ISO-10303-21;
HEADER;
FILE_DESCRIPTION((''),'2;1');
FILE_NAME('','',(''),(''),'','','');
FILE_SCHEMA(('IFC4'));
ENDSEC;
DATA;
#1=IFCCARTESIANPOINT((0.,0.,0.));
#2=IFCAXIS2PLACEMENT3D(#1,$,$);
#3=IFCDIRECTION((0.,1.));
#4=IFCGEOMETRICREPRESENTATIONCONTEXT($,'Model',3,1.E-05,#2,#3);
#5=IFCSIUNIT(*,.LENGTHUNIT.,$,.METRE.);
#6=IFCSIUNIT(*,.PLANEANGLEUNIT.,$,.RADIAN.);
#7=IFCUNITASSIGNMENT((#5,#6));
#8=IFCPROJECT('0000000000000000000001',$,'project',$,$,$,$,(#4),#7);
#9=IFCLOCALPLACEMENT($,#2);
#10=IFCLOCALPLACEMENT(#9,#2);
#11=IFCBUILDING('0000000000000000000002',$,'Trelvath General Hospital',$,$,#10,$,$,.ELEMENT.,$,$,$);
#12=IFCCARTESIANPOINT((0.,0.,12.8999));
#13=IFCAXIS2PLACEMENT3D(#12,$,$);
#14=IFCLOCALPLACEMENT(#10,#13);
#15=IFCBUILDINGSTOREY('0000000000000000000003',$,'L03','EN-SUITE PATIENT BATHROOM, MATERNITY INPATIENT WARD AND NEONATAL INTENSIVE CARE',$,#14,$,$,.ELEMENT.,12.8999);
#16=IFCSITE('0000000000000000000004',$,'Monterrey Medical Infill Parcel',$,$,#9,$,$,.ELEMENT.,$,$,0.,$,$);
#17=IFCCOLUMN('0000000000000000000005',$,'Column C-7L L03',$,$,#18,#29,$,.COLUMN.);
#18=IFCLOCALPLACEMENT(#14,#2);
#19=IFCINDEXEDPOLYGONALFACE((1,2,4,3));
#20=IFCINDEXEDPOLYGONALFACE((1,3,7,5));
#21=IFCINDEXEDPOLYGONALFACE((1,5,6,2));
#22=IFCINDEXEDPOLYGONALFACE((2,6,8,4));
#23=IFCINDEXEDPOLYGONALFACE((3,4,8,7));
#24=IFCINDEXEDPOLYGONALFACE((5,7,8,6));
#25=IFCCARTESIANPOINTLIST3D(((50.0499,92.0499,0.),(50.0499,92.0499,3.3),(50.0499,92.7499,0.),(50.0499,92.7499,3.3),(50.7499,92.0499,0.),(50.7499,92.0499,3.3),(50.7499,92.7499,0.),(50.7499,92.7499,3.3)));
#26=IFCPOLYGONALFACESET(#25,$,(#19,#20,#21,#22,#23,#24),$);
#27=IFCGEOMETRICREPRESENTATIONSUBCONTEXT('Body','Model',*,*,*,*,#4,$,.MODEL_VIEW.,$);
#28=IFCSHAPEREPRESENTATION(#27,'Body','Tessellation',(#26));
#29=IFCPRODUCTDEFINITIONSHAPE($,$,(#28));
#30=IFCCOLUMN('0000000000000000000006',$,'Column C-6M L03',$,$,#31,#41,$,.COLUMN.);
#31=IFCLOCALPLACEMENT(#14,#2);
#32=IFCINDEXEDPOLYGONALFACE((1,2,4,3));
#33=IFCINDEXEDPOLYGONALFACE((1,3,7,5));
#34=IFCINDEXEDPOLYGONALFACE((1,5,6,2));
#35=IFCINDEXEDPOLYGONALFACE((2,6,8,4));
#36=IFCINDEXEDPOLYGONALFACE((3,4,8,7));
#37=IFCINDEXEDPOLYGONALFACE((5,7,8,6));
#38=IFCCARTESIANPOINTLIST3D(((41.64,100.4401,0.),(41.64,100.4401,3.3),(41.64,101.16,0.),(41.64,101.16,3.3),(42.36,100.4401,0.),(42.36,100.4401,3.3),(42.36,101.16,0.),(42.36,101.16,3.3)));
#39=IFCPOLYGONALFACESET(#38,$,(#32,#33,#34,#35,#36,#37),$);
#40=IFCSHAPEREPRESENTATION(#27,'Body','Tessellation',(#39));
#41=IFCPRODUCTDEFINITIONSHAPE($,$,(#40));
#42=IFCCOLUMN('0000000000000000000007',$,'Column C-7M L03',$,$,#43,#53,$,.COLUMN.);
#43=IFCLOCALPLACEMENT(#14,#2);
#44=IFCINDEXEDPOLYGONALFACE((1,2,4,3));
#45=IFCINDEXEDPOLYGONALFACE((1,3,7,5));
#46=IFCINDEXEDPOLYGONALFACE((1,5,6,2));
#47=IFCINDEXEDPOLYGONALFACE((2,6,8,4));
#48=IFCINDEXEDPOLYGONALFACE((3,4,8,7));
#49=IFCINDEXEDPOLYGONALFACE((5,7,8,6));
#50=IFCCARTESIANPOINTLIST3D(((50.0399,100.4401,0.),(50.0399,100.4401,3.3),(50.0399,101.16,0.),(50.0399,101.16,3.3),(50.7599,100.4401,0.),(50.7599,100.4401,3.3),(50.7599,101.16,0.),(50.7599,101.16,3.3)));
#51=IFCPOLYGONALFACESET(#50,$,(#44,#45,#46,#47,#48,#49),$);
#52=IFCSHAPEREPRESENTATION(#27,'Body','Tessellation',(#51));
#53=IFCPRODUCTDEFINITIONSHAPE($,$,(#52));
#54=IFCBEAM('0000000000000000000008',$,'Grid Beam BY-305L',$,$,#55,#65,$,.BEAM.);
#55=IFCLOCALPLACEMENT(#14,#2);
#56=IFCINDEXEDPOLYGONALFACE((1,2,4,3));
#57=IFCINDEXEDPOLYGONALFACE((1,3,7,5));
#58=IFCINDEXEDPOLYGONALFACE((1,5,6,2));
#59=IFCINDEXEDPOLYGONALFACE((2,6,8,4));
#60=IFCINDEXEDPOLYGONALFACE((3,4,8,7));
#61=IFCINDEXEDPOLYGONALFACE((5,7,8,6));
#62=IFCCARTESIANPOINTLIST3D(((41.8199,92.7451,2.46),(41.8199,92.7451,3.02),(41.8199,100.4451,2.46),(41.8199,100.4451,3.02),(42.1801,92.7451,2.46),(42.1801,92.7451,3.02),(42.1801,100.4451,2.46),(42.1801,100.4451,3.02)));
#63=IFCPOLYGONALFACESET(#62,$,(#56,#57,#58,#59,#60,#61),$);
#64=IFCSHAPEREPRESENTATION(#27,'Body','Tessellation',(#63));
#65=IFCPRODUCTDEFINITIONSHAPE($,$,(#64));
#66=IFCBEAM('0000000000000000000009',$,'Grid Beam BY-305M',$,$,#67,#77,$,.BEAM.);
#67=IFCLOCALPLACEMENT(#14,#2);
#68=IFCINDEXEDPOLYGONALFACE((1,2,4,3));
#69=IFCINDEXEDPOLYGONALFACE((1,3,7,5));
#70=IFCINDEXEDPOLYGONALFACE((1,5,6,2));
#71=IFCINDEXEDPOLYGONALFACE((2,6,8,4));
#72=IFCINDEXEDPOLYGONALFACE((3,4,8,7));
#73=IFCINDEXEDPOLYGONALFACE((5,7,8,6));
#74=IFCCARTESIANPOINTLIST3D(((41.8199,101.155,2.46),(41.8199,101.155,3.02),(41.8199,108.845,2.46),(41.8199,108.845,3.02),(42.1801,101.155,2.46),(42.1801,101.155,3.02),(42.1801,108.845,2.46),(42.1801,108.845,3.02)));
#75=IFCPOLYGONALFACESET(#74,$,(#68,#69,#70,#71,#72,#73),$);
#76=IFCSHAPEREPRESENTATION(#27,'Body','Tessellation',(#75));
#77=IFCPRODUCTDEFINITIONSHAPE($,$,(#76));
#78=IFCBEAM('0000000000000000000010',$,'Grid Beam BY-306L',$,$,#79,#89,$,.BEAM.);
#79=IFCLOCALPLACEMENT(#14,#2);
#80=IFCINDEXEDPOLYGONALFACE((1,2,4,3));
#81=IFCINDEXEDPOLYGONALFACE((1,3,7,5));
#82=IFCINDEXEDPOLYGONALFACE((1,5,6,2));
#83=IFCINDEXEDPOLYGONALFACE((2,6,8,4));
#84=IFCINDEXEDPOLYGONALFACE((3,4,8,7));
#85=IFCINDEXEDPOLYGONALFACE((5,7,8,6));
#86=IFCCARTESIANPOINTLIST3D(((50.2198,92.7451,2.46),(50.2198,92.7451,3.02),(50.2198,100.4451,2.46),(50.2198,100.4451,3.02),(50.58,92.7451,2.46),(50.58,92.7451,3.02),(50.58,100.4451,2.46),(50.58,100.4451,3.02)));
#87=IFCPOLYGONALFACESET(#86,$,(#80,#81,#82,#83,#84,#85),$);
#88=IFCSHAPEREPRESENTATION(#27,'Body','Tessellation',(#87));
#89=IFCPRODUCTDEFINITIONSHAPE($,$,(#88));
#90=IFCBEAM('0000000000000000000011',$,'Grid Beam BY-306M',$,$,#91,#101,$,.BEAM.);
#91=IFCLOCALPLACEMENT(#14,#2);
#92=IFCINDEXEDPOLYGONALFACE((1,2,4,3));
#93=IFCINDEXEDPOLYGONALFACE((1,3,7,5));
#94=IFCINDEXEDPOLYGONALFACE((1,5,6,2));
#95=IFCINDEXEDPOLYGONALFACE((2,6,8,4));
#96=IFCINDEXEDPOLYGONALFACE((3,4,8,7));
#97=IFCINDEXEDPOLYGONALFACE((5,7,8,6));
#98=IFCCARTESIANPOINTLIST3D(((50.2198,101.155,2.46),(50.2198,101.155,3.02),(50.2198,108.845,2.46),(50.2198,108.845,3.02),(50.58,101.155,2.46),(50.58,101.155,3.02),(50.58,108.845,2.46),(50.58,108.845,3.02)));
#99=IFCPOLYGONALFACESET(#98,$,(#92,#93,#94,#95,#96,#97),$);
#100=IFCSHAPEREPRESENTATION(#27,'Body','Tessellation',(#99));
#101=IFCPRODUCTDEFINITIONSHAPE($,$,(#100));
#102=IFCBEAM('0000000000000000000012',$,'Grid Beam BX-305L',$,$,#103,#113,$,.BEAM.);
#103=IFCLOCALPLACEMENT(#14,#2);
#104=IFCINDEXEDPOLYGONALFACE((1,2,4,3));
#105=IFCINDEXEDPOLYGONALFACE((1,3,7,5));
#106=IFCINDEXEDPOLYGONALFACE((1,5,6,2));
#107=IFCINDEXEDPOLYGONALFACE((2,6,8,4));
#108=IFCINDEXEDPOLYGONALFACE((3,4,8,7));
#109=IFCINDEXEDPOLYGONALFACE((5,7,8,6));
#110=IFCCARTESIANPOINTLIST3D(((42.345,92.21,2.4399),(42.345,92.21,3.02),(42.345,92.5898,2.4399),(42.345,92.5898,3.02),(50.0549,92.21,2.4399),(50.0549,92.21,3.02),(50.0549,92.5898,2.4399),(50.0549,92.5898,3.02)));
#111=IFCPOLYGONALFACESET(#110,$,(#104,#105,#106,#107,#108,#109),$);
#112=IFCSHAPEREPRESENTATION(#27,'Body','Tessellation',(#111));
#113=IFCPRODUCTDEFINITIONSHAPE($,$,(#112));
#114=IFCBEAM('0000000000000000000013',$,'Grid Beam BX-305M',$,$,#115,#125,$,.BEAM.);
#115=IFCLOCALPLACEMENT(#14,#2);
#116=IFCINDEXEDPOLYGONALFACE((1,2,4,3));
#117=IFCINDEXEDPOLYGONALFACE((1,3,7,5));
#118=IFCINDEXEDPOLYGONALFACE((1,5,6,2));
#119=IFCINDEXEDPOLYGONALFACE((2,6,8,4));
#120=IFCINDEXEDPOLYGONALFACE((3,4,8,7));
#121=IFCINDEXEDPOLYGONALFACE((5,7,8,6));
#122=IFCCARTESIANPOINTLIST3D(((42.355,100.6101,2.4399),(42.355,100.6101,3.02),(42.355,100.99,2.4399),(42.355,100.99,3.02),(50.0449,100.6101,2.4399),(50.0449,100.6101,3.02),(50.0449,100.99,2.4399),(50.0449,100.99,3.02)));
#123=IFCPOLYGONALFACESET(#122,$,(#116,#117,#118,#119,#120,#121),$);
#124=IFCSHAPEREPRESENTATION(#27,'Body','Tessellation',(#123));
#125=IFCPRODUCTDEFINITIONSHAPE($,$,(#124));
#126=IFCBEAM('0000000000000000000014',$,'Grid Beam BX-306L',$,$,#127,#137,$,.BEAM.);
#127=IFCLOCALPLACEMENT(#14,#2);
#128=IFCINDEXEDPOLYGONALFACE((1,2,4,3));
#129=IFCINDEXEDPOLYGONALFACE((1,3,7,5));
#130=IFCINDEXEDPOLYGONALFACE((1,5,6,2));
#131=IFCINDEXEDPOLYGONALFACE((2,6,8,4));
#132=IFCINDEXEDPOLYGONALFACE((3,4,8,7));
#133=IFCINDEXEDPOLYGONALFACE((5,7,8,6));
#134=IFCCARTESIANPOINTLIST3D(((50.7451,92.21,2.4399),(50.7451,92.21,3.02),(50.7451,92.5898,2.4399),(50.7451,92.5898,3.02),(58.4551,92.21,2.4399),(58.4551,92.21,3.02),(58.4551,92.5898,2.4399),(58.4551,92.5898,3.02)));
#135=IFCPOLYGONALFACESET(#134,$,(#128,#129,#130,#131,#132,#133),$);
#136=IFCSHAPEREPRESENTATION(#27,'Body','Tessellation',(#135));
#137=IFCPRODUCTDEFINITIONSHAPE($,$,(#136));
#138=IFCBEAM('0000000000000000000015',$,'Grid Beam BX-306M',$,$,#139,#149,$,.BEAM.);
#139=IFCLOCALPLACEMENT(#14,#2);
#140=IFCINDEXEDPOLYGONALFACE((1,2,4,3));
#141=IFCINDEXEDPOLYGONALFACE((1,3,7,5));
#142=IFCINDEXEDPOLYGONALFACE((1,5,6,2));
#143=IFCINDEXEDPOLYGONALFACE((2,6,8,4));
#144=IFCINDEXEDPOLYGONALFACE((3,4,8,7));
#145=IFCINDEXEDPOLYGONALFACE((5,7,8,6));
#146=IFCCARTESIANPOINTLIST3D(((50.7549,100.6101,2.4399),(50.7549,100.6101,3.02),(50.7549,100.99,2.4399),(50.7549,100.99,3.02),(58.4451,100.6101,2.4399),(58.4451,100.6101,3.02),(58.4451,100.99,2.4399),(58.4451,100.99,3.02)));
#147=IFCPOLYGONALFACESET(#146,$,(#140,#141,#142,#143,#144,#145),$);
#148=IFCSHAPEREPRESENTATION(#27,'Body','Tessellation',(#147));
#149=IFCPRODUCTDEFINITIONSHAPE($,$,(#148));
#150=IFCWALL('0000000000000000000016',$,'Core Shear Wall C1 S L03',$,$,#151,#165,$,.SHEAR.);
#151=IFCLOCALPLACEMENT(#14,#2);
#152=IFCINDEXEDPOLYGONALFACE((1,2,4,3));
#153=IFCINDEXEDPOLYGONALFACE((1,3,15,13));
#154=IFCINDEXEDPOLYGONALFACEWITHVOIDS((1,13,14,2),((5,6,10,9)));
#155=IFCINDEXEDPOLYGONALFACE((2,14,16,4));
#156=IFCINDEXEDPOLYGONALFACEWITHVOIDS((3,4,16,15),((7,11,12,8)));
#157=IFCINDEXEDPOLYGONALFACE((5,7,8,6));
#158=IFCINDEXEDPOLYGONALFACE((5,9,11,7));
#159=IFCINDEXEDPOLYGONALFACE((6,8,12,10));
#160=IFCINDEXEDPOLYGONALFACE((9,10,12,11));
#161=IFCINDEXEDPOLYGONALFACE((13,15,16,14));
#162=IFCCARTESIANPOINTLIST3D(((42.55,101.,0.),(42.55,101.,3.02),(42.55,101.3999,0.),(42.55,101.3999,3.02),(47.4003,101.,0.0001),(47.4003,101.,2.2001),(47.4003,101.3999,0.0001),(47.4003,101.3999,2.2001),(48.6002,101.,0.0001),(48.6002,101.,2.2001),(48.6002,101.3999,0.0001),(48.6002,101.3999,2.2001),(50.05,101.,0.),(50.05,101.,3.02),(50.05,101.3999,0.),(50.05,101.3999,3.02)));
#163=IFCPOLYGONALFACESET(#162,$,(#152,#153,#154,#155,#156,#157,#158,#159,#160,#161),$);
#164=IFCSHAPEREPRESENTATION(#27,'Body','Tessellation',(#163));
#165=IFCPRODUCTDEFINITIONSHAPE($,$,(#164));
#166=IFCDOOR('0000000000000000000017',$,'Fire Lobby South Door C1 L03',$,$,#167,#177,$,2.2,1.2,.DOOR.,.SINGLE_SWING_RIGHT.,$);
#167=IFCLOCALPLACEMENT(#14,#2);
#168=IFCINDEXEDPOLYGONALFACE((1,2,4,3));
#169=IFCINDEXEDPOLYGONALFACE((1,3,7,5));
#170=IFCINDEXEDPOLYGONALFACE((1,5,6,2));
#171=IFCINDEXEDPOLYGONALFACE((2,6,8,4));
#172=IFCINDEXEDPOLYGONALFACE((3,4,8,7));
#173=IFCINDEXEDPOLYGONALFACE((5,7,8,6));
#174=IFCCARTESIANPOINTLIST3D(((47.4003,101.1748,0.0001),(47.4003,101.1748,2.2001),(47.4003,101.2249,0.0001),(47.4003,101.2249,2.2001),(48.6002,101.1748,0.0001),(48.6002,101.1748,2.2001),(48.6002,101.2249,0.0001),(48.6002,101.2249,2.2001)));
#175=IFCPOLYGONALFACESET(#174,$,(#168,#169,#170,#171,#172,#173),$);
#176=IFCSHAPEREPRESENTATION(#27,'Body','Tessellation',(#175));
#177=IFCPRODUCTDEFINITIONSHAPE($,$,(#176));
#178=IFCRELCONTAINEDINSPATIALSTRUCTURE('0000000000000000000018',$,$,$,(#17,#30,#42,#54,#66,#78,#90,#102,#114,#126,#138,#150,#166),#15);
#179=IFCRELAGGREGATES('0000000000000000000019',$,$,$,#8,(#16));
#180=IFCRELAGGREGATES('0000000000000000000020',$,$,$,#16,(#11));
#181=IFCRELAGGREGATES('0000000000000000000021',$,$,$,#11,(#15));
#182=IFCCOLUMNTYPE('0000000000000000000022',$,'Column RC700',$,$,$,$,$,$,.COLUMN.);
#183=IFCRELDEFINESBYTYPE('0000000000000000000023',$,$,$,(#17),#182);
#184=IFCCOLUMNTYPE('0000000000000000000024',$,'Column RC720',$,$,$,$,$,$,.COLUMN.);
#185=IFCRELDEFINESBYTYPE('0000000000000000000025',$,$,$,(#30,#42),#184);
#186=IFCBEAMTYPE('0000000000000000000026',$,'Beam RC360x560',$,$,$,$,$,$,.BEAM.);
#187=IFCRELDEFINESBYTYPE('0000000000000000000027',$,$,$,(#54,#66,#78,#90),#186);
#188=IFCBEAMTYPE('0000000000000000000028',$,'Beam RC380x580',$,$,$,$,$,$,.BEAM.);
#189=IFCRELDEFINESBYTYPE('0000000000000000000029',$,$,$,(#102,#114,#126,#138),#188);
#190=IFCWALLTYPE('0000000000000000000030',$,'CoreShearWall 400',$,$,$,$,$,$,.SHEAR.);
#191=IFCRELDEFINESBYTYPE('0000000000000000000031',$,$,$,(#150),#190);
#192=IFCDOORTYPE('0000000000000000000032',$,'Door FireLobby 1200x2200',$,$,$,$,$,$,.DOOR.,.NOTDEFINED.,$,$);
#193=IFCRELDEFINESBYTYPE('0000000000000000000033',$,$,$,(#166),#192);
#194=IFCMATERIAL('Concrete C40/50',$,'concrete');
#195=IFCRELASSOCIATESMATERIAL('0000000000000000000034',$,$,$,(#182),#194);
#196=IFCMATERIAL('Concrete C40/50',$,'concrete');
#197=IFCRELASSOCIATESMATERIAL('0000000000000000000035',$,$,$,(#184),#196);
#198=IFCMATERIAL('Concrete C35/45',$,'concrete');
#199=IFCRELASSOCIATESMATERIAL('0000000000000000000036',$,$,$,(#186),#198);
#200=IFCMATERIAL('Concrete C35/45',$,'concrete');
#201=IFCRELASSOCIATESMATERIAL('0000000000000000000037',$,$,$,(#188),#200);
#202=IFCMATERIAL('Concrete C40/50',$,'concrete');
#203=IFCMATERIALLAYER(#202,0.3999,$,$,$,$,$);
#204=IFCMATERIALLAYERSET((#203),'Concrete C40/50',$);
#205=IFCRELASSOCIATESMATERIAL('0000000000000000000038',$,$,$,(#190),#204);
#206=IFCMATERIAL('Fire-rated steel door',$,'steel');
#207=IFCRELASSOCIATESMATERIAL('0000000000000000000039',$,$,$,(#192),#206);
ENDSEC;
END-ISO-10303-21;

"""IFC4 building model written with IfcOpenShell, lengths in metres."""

from ifc_helpers import new_model, si_unit, direction, frame, frame_2d, origin, origin_2d, place, context, subcontext, project, spatial, rectangle, extrude, material, layer, layer_set, material_profile, profile_set, type_object, element, fill, save


model = new_model("IFC4")

# Units and contexts
model_context = context("Model", 3, precision=1e-05, world=origin(), true_north=direction((0.0, 1.0)))
body_context = subcontext(model_context, "Body", "Model", "MODEL_VIEW")
ifc_project = project(units=[si_unit("LENGTHUNIT", "METRE"), si_unit("PLANEANGLEUNIT", "RADIAN")], contexts=[model_context])

# Site, building, storey
site_placement = place(None, origin())
site = spatial("IfcSite", under=ifc_project, at=site_placement, Name="Monterrey Medical Infill Parcel", CompositionType="ELEMENT", RefElevation=0.0)
building_placement = place(site_placement, origin())
building = spatial("IfcBuilding", under=site, at=building_placement, Name="Trelvath General Hospital", CompositionType="ELEMENT")
storey_placement = place(building_placement, frame((0.0, 0.0, 12.8999)))
storey = spatial("IfcBuildingStorey", under=building, at=storey_placement, Name="L03", Description="EN-SUITE PATIENT BATHROOM, MATERNITY INPATIENT WARD AND NEONATAL INTENSIVE CARE", CompositionType="ELEMENT", Elevation=12.8999)

# Columns
ifc_material_1 = material(Name="Concrete C40/50", Category="concrete")
ifc_material_profile_1 = material_profile(ifc_material_1, rectangle(XDim=0.7, YDim=0.7, at=origin_2d()), Name="RC700x700")
ifc_profile_set_1 = profile_set([ifc_material_profile_1], Name="Concrete C40/50")
column_type_1 = type_object("IfcColumnType", Name="Column RC700", PredefinedType="COLUMN", material=ifc_profile_set_1)
column_placement = place(storey_placement, frame((50.3999, 92.3999, 0.0), z_axis=(0.0, 0.0, 1.0), x_axis=(1.0, 0.0, 0.0)))
element("IfcColumn", 1, at=column_placement, inside=storey, type_object=column_type_1, Name="Column C-7L L03", PredefinedType="COLUMN", context=body_context, shape_type="SweptSolid", body=[
    extrude(rectangle(XDim=0.7, YDim=0.7, at=origin_2d()), origin(), (0.0, 0.0, 1.0), 3.3),
])
ifc_material_2 = material(Name="Concrete C40/50", Category="concrete")
ifc_material_profile_2 = material_profile(ifc_material_2, rectangle(XDim=0.72, YDim=0.72, at=origin_2d()), Name="RC720x720")
ifc_profile_set_2 = profile_set([ifc_material_profile_2], Name="Concrete C40/50")
column_type_2 = type_object("IfcColumnType", Name="Column RC720", PredefinedType="COLUMN", material=ifc_profile_set_2)
for number, where, z_axis, x_axis, name in (
    (2, (42.0, 100.8, 0.0), (0.0, 0.0, 1.0), (1.0, 0.0, 0.0), "Column C-6M L03"),
    (3, (50.3999, 100.8, 0.0), (0.0, 0.0, 1.0), (1.0, 0.0, 0.0), "Column C-7M L03"),
):
    element("IfcColumn", number, at=place(storey_placement, frame(where, z_axis=z_axis, x_axis=x_axis)), inside=storey, type_object=column_type_2, Name=name, PredefinedType="COLUMN", context=body_context, shape_type="SweptSolid", body=[
        extrude(rectangle(XDim=0.72, YDim=0.72, at=origin_2d()), origin(), (0.0, 0.0, 1.0), 3.3),
    ])

# Beams
ifc_material_3 = material(Name="Concrete C35/45", Category="concrete")
ifc_material_profile_3 = material_profile(ifc_material_3, rectangle(XDim=0.3601, YDim=0.5601, at=origin_2d()), Name="RCB360x560")
ifc_profile_set_3 = profile_set([ifc_material_profile_3], Name="Concrete C35/45")
beam_type_1 = type_object("IfcBeamType", Name="Beam RC360x560", PredefinedType="BEAM", material=ifc_profile_set_3)
beam_1_placement = place(storey_placement, frame((42.0, 92.7451, 2.74), z_axis=(0.0, 1.0, 0.0), x_axis=(-1.0, 0.0, 0.0)))
element("IfcBeam", 4, at=beam_1_placement, inside=storey, type_object=beam_type_1, Name="Grid Beam BY-305L", PredefinedType="BEAM", context=body_context, shape_type="SweptSolid", body=[
    extrude(rectangle(XDim=0.3601, YDim=0.5601, at=origin_2d()), origin(), (0.0, 0.0, 1.0), 7.7),
])
beam_2_placement = place(storey_placement, frame((42.0, 101.155, 2.74), z_axis=(0.0, 1.0, 0.0), x_axis=(-1.0, 0.0, 0.0)))
element("IfcBeam", 5, at=beam_2_placement, inside=storey, type_object=beam_type_1, Name="Grid Beam BY-305M", PredefinedType="BEAM", context=body_context, shape_type="SweptSolid", body=[
    extrude(rectangle(XDim=0.3601, YDim=0.5601, at=origin_2d()), origin(), (0.0, 0.0, 1.0), 7.6899),
])
beam_3_placement = place(storey_placement, frame((50.3999, 92.7451, 2.74), z_axis=(0.0, 1.0, 0.0), x_axis=(-1.0, 0.0, 0.0)))
element("IfcBeam", 6, at=beam_3_placement, inside=storey, type_object=beam_type_1, Name="Grid Beam BY-306L", PredefinedType="BEAM", context=body_context, shape_type="SweptSolid", body=[
    extrude(rectangle(XDim=0.3601, YDim=0.5601, at=origin_2d()), origin(), (0.0, 0.0, 1.0), 7.7),
])
beam_4_placement = place(storey_placement, frame((50.3999, 101.155, 2.74), z_axis=(0.0, 1.0, 0.0), x_axis=(-1.0, 0.0, 0.0)))
element("IfcBeam", 7, at=beam_4_placement, inside=storey, type_object=beam_type_1, Name="Grid Beam BY-306M", PredefinedType="BEAM", context=body_context, shape_type="SweptSolid", body=[
    extrude(rectangle(XDim=0.3601, YDim=0.5601, at=origin_2d()), origin(), (0.0, 0.0, 1.0), 7.6899),
])
ifc_material_4 = material(Name="Concrete C35/45", Category="concrete")
ifc_material_profile_4 = material_profile(ifc_material_4, rectangle(XDim=0.3799, YDim=0.5801, at=origin_2d()), Name="RCB380x580")
ifc_profile_set_4 = profile_set([ifc_material_profile_4], Name="Concrete C35/45")
beam_type_2 = type_object("IfcBeamType", Name="Beam RC380x580", PredefinedType="BEAM", material=ifc_profile_set_4)
beam_5_placement = place(storey_placement, frame((42.345, 92.3999, 2.73), z_axis=(1.0, 0.0, 0.0), x_axis=(0.0, 1.0, 0.0)))
element("IfcBeam", 8, at=beam_5_placement, inside=storey, type_object=beam_type_2, Name="Grid Beam BX-305L", PredefinedType="BEAM", context=body_context, shape_type="SweptSolid", body=[
    extrude(rectangle(XDim=0.3799, YDim=0.5801, at=origin_2d()), origin(), (0.0, 0.0, 1.0), 7.71),
])
beam_6_placement = place(storey_placement, frame((42.355, 100.8, 2.73), z_axis=(1.0, 0.0, 0.0), x_axis=(0.0, 1.0, 0.0)))
element("IfcBeam", 9, at=beam_6_placement, inside=storey, type_object=beam_type_2, Name="Grid Beam BX-305M", PredefinedType="BEAM", context=body_context, shape_type="SweptSolid", body=[
    extrude(rectangle(XDim=0.3799, YDim=0.5801, at=origin_2d()), origin(), (0.0, 0.0, 1.0), 7.6899),
])
beam_7_placement = place(storey_placement, frame((50.7451, 92.3999, 2.73), z_axis=(1.0, 0.0, 0.0), x_axis=(0.0, 1.0, 0.0)))
element("IfcBeam", 10, at=beam_7_placement, inside=storey, type_object=beam_type_2, Name="Grid Beam BX-306L", PredefinedType="BEAM", context=body_context, shape_type="SweptSolid", body=[
    extrude(rectangle(XDim=0.3799, YDim=0.5801, at=origin_2d()), origin(), (0.0, 0.0, 1.0), 7.71),
])
beam_8_placement = place(storey_placement, frame((50.7549, 100.8, 2.73), z_axis=(1.0, 0.0, 0.0), x_axis=(0.0, 1.0, 0.0)))
element("IfcBeam", 11, at=beam_8_placement, inside=storey, type_object=beam_type_2, Name="Grid Beam BX-306M", PredefinedType="BEAM", context=body_context, shape_type="SweptSolid", body=[
    extrude(rectangle(XDim=0.3799, YDim=0.5801, at=origin_2d()), origin(), (0.0, 0.0, 1.0), 7.6902),
])

# Wall, opening, door
ifc_material_5 = material(Name="Concrete C40/50", Category="concrete")
ifc_layer_1 = layer(ifc_material_5, 0.3999)
ifc_layer_set_1 = layer_set([ifc_layer_1], Name="Concrete C40/50")
wall_type_1 = type_object("IfcWallType", Name="CoreShearWall 400", PredefinedType="SHEAR", material=ifc_layer_set_1)
wall_1_placement = place(storey_placement, frame((42.55, 101.2, 0.0), z_axis=(0.0, 0.0, 1.0), x_axis=(1.0, 0.0, 0.0)))
wall_1 = element("IfcWall", 12, at=wall_1_placement, inside=storey, type_object=wall_type_1, Name="Core Shear Wall C1 S L03", PredefinedType="SHEAR", context=body_context, shape_type="SweptSolid", body=[
    extrude(rectangle(XDim=7.5, YDim=0.3999, at=frame_2d((3.75, 0.0))), origin(), (0.0, 0.0, 1.0), 3.02),
])
opening_1_placement = place(wall_1_placement, frame((4.8501, 0.0, 0.0)))
opening_1 = element("IfcOpeningElement", 13, at=opening_1_placement, cuts=wall_1, PredefinedType="OPENING", context=body_context, shape_type="SweptSolid", body=[
    extrude(rectangle(XDim=1.2, YDim=2.2, at=frame_2d((0.6001, 1.1001))), frame((0.0, 0.21, 0.0), z_axis=(0.0, -1.0, 0.0), x_axis=(1.0, 0.0, 0.0)), (0.0, 0.0, 1.0), 0.4199),
])
ifc_material_6 = material(Name="Fire-rated steel door", Category="steel")
door_type_1 = type_object("IfcDoorType", Name="Door FireLobby 1200x2200", OperationType="NOTDEFINED", PredefinedType="DOOR", material=ifc_material_6)
door_1_placement = place(opening_1_placement, origin())
door_1 = element("IfcDoor", 14, at=door_1_placement, inside=storey, type_object=door_type_1, Name="Fire Lobby South Door C1 L03", OperationType="SINGLE_SWING_RIGHT", OverallHeight=2.2, OverallWidth=1.2, PredefinedType="DOOR", context=body_context, shape_type="SweptSolid", body=[
    extrude(rectangle(XDim=1.2, YDim=2.2, at=frame_2d((0.6001, 1.1001))), frame((0.0, 0.0249, 0.0), z_axis=(0.0, -1.0, 0.0), x_axis=(1.0, 0.0, 0.0)), (0.0, 0.0, 1.0), 0.05),
])
fill(opening_1, door_1)

save(model, "model.ifc")
